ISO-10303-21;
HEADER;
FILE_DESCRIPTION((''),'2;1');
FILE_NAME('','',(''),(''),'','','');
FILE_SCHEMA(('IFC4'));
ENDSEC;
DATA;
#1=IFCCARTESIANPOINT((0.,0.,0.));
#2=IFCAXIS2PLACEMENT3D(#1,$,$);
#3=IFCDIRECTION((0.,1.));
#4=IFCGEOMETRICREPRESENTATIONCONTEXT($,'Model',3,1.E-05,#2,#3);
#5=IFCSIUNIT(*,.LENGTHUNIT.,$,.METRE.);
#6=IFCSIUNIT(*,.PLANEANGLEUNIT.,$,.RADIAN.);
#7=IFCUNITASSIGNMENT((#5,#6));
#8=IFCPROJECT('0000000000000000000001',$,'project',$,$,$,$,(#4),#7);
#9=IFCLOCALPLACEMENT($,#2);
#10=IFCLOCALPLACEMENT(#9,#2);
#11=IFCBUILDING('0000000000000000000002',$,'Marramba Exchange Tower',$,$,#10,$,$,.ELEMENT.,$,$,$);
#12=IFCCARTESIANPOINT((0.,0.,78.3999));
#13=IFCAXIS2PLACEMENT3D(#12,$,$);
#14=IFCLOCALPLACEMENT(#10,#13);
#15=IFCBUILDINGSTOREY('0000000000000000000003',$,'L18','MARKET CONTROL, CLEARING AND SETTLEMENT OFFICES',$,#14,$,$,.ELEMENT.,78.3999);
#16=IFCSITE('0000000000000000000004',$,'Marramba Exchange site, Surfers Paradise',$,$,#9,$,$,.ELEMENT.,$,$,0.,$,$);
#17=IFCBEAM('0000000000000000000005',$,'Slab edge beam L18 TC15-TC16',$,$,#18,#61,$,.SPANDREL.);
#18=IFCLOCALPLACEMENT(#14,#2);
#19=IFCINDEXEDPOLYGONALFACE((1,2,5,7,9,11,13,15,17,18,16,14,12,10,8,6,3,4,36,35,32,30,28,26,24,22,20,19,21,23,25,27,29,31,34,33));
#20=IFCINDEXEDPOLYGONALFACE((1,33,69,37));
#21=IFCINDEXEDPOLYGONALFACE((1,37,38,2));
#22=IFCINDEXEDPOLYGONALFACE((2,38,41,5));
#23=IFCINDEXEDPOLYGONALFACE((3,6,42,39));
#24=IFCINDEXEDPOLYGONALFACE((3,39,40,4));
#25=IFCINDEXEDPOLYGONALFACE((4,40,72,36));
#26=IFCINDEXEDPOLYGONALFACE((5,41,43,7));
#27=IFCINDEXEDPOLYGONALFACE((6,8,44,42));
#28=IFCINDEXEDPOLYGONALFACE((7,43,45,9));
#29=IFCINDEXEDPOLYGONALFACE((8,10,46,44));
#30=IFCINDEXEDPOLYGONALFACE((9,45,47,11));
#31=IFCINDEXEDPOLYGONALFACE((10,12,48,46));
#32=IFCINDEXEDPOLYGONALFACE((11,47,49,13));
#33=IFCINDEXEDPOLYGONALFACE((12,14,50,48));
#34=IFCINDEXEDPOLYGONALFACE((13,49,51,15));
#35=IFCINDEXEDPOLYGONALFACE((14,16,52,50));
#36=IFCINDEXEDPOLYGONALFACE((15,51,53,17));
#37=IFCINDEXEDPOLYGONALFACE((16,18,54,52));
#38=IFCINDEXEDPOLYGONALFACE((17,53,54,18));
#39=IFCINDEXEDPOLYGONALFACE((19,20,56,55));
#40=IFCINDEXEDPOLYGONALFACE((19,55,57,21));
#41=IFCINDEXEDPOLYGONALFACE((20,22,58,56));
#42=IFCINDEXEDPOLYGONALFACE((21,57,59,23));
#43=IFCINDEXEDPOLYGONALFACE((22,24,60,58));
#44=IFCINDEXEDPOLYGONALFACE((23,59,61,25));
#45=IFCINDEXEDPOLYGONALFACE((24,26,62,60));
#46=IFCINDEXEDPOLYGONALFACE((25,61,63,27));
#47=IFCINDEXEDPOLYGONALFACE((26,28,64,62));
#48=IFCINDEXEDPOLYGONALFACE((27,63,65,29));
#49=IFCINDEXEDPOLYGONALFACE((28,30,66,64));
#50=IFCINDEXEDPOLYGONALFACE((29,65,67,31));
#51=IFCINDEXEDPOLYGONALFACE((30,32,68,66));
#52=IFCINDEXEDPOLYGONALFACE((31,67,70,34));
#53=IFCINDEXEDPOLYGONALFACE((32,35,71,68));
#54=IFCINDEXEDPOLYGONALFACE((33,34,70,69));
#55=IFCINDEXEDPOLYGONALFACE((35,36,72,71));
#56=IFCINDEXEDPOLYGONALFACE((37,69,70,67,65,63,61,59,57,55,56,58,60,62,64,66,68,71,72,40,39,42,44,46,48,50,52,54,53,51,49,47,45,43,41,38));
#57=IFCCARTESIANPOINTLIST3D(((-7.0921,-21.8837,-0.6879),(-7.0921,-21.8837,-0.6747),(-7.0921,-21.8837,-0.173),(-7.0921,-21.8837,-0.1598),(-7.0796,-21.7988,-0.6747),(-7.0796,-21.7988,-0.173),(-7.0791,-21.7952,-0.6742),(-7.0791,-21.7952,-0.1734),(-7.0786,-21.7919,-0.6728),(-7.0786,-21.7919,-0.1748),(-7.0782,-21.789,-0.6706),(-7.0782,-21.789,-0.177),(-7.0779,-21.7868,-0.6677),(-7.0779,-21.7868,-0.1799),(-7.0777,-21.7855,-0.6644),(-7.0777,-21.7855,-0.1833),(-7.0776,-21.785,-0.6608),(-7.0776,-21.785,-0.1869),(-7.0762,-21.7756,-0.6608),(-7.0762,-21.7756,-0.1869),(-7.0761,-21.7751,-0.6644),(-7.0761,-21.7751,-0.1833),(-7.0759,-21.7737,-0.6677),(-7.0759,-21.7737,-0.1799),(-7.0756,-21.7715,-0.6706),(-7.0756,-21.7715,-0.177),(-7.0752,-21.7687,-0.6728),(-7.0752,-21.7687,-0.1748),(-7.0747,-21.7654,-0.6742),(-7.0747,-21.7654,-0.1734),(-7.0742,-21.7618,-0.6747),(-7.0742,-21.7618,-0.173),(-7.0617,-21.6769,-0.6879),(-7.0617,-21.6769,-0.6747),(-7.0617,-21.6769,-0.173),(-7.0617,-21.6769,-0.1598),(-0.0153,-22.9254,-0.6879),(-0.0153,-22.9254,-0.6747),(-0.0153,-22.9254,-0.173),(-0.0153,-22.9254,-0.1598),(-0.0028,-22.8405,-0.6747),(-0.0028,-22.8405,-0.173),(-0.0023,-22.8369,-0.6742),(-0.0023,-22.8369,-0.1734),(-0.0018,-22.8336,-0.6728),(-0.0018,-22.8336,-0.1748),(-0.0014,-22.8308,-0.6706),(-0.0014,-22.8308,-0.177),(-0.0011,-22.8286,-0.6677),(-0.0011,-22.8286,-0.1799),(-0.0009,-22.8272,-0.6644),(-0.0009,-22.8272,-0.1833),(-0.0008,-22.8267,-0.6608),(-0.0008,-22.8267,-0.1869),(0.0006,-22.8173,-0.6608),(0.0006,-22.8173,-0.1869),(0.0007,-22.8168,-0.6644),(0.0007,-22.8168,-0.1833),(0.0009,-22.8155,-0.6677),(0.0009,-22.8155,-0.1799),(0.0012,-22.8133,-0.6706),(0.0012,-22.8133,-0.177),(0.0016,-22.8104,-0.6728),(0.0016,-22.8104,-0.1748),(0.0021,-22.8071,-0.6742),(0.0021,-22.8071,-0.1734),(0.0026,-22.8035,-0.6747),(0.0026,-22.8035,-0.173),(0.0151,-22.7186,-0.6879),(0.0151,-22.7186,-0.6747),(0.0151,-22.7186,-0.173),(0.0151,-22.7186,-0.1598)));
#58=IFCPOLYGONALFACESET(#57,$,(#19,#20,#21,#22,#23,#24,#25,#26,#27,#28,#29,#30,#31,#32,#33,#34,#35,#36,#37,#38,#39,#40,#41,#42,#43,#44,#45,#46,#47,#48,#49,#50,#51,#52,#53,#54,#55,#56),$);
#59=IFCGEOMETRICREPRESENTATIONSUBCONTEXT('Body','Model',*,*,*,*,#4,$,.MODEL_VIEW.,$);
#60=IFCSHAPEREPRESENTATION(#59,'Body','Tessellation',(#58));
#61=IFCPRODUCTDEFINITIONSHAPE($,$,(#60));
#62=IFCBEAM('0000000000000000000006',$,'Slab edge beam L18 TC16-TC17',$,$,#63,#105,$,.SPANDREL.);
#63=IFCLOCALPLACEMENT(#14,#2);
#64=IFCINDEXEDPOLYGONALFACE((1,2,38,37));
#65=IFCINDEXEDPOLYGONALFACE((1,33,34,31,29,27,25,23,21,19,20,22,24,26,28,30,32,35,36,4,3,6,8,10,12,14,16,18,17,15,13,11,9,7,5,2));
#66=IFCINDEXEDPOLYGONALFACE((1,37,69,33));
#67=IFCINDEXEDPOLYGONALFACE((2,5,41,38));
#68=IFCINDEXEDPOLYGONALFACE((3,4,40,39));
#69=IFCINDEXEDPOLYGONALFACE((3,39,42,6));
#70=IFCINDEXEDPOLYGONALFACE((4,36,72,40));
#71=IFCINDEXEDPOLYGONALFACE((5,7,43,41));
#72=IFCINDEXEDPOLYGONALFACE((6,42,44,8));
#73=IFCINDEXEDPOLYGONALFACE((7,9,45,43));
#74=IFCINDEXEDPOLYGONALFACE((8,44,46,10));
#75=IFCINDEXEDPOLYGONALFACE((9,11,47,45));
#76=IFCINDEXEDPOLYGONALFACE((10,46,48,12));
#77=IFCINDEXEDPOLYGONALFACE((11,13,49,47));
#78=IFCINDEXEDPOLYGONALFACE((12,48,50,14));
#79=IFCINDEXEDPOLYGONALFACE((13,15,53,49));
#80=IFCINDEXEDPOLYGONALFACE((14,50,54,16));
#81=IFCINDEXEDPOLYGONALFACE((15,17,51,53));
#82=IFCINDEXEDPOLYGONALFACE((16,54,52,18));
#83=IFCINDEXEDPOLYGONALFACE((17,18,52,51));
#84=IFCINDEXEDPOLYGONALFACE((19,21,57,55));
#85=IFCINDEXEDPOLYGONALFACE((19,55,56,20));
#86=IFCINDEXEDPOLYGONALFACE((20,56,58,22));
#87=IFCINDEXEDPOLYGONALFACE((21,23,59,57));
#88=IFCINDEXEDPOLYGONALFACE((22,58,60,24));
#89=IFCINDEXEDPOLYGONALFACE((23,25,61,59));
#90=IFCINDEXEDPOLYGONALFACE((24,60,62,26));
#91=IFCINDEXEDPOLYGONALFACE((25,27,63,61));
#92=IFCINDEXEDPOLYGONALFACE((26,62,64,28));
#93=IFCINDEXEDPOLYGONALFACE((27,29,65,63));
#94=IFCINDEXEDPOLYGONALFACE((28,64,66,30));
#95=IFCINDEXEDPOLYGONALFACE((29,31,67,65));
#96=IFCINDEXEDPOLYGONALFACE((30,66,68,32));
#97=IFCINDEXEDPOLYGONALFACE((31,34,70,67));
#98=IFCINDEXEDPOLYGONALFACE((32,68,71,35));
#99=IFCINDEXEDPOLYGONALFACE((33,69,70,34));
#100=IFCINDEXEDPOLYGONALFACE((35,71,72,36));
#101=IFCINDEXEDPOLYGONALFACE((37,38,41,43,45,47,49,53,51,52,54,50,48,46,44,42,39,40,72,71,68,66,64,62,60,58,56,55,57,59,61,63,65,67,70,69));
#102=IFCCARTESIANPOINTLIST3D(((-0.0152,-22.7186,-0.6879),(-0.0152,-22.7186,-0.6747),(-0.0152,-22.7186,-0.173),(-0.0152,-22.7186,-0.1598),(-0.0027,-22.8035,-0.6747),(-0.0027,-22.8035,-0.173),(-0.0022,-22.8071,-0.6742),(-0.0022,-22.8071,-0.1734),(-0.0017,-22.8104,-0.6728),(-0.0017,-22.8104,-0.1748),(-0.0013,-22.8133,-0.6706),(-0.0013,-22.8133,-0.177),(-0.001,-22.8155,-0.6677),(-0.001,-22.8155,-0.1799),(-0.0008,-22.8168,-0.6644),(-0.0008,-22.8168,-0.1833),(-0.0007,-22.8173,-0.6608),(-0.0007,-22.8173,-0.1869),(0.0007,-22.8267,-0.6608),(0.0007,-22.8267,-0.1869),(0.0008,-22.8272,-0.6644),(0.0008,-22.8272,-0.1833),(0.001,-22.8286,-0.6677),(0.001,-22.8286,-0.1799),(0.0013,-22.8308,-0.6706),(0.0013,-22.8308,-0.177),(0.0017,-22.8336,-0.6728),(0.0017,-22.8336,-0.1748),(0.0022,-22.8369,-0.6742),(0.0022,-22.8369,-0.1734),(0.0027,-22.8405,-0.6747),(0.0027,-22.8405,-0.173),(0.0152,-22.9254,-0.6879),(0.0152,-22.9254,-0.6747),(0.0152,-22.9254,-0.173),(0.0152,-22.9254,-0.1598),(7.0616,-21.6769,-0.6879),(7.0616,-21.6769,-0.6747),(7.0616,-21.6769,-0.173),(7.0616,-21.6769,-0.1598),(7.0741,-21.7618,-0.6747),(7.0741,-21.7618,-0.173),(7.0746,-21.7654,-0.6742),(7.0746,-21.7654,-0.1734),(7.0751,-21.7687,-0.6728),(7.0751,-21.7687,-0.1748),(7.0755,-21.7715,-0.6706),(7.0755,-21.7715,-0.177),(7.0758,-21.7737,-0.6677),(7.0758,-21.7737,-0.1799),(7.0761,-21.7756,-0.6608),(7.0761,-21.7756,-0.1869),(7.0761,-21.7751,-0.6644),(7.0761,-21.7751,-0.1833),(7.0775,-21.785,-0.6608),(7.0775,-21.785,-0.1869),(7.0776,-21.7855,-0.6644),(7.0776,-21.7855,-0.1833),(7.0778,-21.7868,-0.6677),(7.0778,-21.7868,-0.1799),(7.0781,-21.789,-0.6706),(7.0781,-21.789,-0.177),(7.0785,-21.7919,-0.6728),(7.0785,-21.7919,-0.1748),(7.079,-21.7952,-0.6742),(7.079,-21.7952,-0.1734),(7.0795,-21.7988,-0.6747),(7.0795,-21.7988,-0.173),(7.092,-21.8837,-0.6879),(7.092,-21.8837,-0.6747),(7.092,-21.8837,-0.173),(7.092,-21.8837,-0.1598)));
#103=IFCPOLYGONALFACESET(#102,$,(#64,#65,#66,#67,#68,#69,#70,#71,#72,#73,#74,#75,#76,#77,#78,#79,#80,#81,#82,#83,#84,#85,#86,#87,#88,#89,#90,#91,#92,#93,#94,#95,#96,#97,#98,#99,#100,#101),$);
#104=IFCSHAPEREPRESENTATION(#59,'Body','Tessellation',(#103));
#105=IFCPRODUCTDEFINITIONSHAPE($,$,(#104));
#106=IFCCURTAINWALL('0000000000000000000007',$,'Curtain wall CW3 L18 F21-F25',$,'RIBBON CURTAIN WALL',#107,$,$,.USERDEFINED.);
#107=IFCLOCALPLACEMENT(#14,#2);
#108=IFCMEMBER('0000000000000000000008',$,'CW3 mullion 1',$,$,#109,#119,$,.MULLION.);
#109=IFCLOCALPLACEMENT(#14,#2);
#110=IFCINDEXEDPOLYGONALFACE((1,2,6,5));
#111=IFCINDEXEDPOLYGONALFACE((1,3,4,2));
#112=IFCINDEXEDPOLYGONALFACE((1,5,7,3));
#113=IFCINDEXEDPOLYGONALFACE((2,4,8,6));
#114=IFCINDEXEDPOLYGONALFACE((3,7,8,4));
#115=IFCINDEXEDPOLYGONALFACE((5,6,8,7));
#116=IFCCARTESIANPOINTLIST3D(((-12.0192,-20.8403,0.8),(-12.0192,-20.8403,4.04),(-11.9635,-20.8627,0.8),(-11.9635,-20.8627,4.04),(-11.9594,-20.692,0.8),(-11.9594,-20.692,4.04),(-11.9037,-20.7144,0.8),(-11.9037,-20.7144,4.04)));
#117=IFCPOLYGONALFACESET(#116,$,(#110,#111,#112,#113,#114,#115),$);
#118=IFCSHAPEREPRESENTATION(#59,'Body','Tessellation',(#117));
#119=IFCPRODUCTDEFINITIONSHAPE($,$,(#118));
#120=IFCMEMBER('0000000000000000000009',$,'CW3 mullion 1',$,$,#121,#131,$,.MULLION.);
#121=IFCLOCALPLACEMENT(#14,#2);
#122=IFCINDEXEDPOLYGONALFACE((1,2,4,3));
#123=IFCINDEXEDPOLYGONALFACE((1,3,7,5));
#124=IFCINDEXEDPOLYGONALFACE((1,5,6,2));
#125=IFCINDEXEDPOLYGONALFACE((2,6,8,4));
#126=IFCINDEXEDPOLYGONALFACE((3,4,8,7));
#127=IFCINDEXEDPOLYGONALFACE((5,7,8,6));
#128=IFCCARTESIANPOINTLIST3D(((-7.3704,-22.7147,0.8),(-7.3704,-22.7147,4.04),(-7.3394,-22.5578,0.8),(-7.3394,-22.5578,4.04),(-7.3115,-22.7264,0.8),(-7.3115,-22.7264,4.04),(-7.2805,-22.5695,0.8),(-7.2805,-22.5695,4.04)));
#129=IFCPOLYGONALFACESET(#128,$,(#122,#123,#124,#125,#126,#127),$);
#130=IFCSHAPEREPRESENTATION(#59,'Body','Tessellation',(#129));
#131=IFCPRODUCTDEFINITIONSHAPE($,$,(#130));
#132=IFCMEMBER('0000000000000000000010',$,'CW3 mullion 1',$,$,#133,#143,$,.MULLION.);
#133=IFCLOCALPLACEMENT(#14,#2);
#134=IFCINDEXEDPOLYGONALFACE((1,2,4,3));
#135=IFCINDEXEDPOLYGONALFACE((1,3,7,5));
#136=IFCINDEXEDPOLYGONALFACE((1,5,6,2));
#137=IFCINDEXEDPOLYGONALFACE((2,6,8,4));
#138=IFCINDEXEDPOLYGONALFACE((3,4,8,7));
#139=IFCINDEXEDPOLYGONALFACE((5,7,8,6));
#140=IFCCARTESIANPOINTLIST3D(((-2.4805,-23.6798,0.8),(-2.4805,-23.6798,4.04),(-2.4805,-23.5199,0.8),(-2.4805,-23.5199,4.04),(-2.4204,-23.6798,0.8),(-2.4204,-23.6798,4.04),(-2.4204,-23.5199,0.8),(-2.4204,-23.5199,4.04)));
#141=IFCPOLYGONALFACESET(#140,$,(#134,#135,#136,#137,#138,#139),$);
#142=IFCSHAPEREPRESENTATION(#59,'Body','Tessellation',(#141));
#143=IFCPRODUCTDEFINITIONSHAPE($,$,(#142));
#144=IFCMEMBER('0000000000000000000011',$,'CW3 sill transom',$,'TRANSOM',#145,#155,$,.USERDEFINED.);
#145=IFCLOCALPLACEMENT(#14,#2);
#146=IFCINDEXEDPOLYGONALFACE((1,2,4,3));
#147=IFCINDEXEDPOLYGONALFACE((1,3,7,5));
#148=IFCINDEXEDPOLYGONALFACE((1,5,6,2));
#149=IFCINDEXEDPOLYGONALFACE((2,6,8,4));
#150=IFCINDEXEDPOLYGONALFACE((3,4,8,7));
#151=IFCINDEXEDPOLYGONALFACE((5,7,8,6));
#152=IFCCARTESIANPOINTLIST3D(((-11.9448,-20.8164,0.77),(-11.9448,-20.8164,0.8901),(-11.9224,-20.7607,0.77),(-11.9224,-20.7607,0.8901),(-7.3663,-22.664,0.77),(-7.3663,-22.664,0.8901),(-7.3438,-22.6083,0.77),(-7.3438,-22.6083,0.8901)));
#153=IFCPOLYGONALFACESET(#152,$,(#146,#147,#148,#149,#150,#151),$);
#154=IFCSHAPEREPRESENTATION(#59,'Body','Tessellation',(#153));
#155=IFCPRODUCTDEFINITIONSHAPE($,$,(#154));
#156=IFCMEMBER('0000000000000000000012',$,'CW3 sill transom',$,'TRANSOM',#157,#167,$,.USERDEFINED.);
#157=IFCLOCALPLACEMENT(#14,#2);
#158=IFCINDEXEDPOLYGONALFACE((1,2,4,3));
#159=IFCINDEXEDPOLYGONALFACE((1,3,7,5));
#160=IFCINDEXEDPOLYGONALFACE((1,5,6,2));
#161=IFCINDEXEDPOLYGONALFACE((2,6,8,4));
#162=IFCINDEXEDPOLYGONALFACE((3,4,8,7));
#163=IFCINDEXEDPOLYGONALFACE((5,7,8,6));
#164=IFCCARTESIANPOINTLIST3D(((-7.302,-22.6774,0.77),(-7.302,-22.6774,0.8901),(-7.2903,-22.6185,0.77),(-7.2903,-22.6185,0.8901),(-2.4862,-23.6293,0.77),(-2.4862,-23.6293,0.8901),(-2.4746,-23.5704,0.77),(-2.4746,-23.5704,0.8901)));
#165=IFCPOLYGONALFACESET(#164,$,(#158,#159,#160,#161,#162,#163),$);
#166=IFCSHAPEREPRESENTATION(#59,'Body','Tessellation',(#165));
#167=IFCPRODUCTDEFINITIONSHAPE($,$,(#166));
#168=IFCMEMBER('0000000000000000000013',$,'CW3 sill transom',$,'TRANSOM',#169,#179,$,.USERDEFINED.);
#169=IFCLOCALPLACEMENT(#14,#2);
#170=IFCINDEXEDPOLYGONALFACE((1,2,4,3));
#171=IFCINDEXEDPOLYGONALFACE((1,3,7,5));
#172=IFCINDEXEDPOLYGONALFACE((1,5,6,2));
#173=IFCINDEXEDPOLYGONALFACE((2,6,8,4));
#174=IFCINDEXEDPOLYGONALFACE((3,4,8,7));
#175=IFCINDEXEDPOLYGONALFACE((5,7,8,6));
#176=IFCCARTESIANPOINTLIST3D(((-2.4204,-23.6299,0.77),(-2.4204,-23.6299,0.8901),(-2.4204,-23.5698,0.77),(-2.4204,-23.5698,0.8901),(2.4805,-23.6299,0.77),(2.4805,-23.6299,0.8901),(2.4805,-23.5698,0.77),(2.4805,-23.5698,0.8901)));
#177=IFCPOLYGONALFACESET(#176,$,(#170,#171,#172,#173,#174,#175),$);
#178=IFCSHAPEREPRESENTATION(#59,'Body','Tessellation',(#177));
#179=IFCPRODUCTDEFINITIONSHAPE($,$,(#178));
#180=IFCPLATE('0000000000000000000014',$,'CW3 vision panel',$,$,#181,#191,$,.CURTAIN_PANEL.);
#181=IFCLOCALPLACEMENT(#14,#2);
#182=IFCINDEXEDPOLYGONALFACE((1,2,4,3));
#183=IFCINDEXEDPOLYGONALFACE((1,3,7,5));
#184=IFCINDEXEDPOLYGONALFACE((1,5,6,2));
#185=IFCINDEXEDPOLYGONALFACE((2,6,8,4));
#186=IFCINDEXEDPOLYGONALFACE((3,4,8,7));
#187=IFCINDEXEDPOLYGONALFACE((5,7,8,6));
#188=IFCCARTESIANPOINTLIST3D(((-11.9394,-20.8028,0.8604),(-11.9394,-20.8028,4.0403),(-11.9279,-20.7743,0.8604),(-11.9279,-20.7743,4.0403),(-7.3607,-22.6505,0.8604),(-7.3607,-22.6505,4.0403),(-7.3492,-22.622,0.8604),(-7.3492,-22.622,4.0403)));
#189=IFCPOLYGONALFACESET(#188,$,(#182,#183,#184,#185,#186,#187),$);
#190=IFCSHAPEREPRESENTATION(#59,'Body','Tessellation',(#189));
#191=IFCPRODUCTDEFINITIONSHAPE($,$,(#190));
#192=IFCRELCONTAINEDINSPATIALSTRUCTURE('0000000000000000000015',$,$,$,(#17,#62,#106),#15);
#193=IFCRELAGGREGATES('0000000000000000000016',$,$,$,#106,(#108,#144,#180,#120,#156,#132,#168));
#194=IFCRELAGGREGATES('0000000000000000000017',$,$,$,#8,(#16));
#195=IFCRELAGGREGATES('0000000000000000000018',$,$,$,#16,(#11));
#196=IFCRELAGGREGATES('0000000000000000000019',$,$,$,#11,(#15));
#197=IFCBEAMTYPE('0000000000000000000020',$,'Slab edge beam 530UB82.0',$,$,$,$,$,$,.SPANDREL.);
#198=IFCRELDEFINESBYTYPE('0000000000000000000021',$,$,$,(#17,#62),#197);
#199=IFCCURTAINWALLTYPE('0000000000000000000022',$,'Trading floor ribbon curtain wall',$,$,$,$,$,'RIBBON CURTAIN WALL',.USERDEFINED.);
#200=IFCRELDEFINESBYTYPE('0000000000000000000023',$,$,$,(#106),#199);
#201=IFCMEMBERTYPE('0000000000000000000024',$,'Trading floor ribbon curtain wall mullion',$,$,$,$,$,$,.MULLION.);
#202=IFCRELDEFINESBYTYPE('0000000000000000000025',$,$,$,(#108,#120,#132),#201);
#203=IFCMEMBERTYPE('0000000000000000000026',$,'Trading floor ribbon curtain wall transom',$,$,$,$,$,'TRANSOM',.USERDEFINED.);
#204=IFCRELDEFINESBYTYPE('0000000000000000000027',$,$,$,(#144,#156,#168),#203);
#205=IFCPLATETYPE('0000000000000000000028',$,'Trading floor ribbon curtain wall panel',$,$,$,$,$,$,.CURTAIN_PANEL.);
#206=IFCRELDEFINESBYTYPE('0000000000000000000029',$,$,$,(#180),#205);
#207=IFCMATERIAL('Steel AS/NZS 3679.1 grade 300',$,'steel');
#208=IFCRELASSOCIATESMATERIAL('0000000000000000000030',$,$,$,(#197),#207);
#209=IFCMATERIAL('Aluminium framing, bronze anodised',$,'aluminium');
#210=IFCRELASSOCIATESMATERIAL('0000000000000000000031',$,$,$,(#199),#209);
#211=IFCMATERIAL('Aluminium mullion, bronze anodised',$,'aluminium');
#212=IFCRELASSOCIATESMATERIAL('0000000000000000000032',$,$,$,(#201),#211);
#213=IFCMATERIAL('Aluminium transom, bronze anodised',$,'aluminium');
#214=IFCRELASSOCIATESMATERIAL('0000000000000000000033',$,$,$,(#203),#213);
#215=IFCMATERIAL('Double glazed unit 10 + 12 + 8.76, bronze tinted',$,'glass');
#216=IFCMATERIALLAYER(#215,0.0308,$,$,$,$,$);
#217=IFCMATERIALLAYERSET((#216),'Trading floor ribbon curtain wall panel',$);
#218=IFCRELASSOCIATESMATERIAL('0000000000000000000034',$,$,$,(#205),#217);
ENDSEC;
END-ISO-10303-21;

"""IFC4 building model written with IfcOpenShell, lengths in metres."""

from ifc_helpers import new_model, si_unit, direction, frame, origin, origin_2d, place, context, subcontext, project, spatial, rectangle, i_section, extrude, material, layer, layer_set, material_profile, profile_set, type_object, element, aggregate, save


model = new_model("IFC4")

# Units and contexts
model_context = context("Model", 3, precision=1e-05, world=origin(), true_north=direction((0.0, 1.0)))
body_context = subcontext(model_context, "Body", "Model", "MODEL_VIEW")
ifc_project = project(units=[si_unit("LENGTHUNIT", "METRE"), si_unit("PLANEANGLEUNIT", "RADIAN")], contexts=[model_context])

# Site, building, storey
site_placement = place(None, origin())
site = spatial("IfcSite", under=ifc_project, at=site_placement, Name="Marramba Exchange site, Surfers Paradise", CompositionType="ELEMENT", RefElevation=0.0)
building_placement = place(site_placement, origin())
building = spatial("IfcBuilding", under=site, at=building_placement, Name="Marramba Exchange Tower", CompositionType="ELEMENT")
storey_placement = place(building_placement, frame((0.0, 0.0, 78.3999)))
storey = spatial("IfcBuildingStorey", under=building, at=storey_placement, Name="L18", Description="MARKET CONTROL, CLEARING AND SETTLEMENT OFFICES", CompositionType="ELEMENT", Elevation=78.3999)

# Beams
ifc_material_1 = material(Name="Steel AS/NZS 3679.1 grade 300", Category="steel")
ifc_material_profile_1 = material_profile(ifc_material_1, i_section(OverallWidth=0.209, OverallDepth=0.5281, WebThickness=0.0095, FlangeThickness=0.0132, FilletRadius=0.0139, at=origin_2d()), Name="530UB82.0")
ifc_profile_set_1 = profile_set([ifc_material_profile_1], Name="Steel AS/NZS 3679.1 grade 300")
beam_type_1 = type_object("IfcBeamType", Name="Slab edge beam 530UB82.0", PredefinedType="SPANDREL", material=ifc_profile_set_1)
for number, where, z_axis, x_axis, name in (
    (1, (-7.0769, -21.7803, -0.4238), (0.989338, -0.145634, 0.0), (0.145634, 0.989338, 0.0), "Slab edge beam L18 TC15-TC16"),
    (2, (0.0, -22.822, -0.4238), (0.989338, 0.145634, 0.0), (-0.145634, 0.989338, 0.0), "Slab edge beam L18 TC16-TC17"),
):
    element("IfcBeam", number, at=place(storey_placement, frame(where, z_axis=z_axis, x_axis=x_axis)), inside=storey, type_object=beam_type_1, Name=name, PredefinedType="SPANDREL", context=body_context, shape_type="SweptSolid", body=[
        extrude(i_section(OverallWidth=0.209, OverallDepth=0.5281, WebThickness=0.0095, FlangeThickness=0.0132, FilletRadius=0.0139, at=origin_2d()), origin(), (0.0, 0.0, 1.0), 7.1531),
    ])

# Curtain wall, members, plate
ifc_material_2 = material(Name="Aluminium framing, bronze anodised", Category="aluminium")
curtain_wall_type = type_object("IfcCurtainWallType", Name="Trading floor ribbon curtain wall", ElementType="RIBBON CURTAIN WALL", PredefinedType="USERDEFINED", material=ifc_material_2)
curtain_wall_placement = place(storey_placement, origin())
curtain_wall = element("IfcCurtainWall", 3, at=curtain_wall_placement, inside=storey, type_object=curtain_wall_type, Name="Curtain wall CW3 L18 F21-F25", ObjectType="RIBBON CURTAIN WALL", PredefinedType="USERDEFINED")
ifc_material_3 = material(Name="Aluminium mullion, bronze anodised", Category="aluminium")
ifc_material_profile_2 = material_profile(ifc_material_3, rectangle(XDim=0.1599, YDim=0.0601, at=origin_2d()), Name="CW3 mullion 60x160")
ifc_profile_set_2 = profile_set([ifc_material_profile_2], Name="Aluminium mullion, bronze anodised")
member_type_1 = type_object("IfcMemberType", Name="Trading floor ribbon curtain wall mullion", PredefinedType="MULLION", material=ifc_profile_set_2)
member_1_placement = place(storey_placement, frame((-11.9614, -20.7773, 0.8), z_axis=(0.0, 0.0, 1.0), x_axis=(0.374218, 0.927341, 0.0)))
member_1 = element("IfcMember", 4, at=member_1_placement, type_object=member_type_1, Name="CW3 mullion 1", PredefinedType="MULLION", context=body_context, shape_type="SweptSolid", body=[
    extrude(rectangle(XDim=0.1599, YDim=0.0601, at=origin_2d()), origin(), (0.0, 0.0, 1.0), 3.24),
])
member_2_placement = place(storey_placement, frame((-7.3254, -22.6421, 0.8), z_axis=(0.0, 0.0, 1.0), x_axis=(0.193961, 0.981009, 0.0)))
member_2 = element("IfcMember", 5, at=member_2_placement, type_object=member_type_1, Name="CW3 mullion 1", PredefinedType="MULLION", context=body_context, shape_type="SweptSolid", body=[
    extrude(rectangle(XDim=0.1599, YDim=0.0601, at=origin_2d()), origin(), (0.0, 0.0, 1.0), 3.24),
])
member_3_placement = place(storey_placement, frame((-2.4504, -23.5999, 0.8), z_axis=(0.0, 0.0, 1.0), x_axis=(0.0, 1.0, 0.0)))
member_3 = element("IfcMember", 6, at=member_3_placement, type_object=member_type_1, Name="CW3 mullion 1", PredefinedType="MULLION", context=body_context, shape_type="SweptSolid", body=[
    extrude(rectangle(XDim=0.1599, YDim=0.0601, at=origin_2d()), origin(), (0.0, 0.0, 1.0), 3.24),
])
ifc_material_4 = material(Name="Aluminium transom, bronze anodised", Category="aluminium")
ifc_material_profile_3 = material_profile(ifc_material_4, rectangle(XDim=0.0601, YDim=0.1201, at=origin_2d()), Name="CW3 transom 60x120")
ifc_profile_set_3 = profile_set([ifc_material_profile_3], Name="Aluminium transom, bronze anodised")
member_type_2 = type_object("IfcMemberType", Name="Trading floor ribbon curtain wall transom", ElementType="TRANSOM", PredefinedType="USERDEFINED", material=ifc_profile_set_3)
member_4_placement = place(storey_placement, frame((-11.9336, -20.7886, 0.8301), z_axis=(0.92734, -0.374219, 0.0), x_axis=(0.374219, 0.92734, 0.0)))
member_4 = element("IfcMember", 7, at=member_4_placement, type_object=member_type_2, Name="CW3 sill transom", ObjectType="TRANSOM", PredefinedType="USERDEFINED", context=body_context, shape_type="SweptSolid", body=[
    extrude(rectangle(XDim=0.0601, YDim=0.1201, at=origin_2d()), origin(), (0.0, 0.0, 1.0), 4.9373),
])
member_5_placement = place(storey_placement, frame((-7.2961, -22.6479, 0.8301), z_axis=(0.981018, -0.193916, 0.0), x_axis=(0.193916, 0.981018, 0.0)))
member_5 = element("IfcMember", 8, at=member_5_placement, type_object=member_type_2, Name="CW3 sill transom", ObjectType="TRANSOM", PredefinedType="USERDEFINED", context=body_context, shape_type="SweptSolid", body=[
    extrude(rectangle(XDim=0.0601, YDim=0.1201, at=origin_2d()), origin(), (0.0, 0.0, 1.0), 4.9089),
])
member_6_placement = place(storey_placement, frame((-2.4204, -23.5999, 0.8301), z_axis=(1.0, 0.0, 0.0), x_axis=(0.0, 1.0, 0.0)))
member_6 = element("IfcMember", 9, at=member_6_placement, type_object=member_type_2, Name="CW3 sill transom", ObjectType="TRANSOM", PredefinedType="USERDEFINED", context=body_context, shape_type="SweptSolid", body=[
    extrude(rectangle(XDim=0.0601, YDim=0.1201, at=origin_2d()), origin(), (0.0, 0.0, 1.0), 4.9009),
])
ifc_material_5 = material(Name="Double glazed unit 10 + 12 + 8.76, bronze tinted", Category="glass")
ifc_layer_1 = layer(ifc_material_5, 0.0308)
ifc_layer_set_1 = layer_set([ifc_layer_1], Name="Trading floor ribbon curtain wall panel")
plate_type = type_object("IfcPlateType", Name="Trading floor ribbon curtain wall panel", PredefinedType="CURTAIN_PANEL", material=ifc_layer_set_1)
plate_1_placement = place(storey_placement, frame((-9.6443, -21.7124, 0.8604), z_axis=(0.0, 0.0, 1.0), x_axis=(0.927341, -0.374218, 0.0)))
plate_1 = element("IfcPlate", 10, at=plate_1_placement, type_object=plate_type, Name="CW3 vision panel", PredefinedType="CURTAIN_PANEL", context=body_context, shape_type="SweptSolid", body=[
    extrude(rectangle(XDim=4.9375, YDim=0.0308, at=origin_2d()), origin(), (0.0, 0.0, 1.0), 3.1799),
])
aggregate(curtain_wall, [member_1, member_4, plate_1, member_2, member_5, member_3, member_6])

save(model, "model.ifc")
